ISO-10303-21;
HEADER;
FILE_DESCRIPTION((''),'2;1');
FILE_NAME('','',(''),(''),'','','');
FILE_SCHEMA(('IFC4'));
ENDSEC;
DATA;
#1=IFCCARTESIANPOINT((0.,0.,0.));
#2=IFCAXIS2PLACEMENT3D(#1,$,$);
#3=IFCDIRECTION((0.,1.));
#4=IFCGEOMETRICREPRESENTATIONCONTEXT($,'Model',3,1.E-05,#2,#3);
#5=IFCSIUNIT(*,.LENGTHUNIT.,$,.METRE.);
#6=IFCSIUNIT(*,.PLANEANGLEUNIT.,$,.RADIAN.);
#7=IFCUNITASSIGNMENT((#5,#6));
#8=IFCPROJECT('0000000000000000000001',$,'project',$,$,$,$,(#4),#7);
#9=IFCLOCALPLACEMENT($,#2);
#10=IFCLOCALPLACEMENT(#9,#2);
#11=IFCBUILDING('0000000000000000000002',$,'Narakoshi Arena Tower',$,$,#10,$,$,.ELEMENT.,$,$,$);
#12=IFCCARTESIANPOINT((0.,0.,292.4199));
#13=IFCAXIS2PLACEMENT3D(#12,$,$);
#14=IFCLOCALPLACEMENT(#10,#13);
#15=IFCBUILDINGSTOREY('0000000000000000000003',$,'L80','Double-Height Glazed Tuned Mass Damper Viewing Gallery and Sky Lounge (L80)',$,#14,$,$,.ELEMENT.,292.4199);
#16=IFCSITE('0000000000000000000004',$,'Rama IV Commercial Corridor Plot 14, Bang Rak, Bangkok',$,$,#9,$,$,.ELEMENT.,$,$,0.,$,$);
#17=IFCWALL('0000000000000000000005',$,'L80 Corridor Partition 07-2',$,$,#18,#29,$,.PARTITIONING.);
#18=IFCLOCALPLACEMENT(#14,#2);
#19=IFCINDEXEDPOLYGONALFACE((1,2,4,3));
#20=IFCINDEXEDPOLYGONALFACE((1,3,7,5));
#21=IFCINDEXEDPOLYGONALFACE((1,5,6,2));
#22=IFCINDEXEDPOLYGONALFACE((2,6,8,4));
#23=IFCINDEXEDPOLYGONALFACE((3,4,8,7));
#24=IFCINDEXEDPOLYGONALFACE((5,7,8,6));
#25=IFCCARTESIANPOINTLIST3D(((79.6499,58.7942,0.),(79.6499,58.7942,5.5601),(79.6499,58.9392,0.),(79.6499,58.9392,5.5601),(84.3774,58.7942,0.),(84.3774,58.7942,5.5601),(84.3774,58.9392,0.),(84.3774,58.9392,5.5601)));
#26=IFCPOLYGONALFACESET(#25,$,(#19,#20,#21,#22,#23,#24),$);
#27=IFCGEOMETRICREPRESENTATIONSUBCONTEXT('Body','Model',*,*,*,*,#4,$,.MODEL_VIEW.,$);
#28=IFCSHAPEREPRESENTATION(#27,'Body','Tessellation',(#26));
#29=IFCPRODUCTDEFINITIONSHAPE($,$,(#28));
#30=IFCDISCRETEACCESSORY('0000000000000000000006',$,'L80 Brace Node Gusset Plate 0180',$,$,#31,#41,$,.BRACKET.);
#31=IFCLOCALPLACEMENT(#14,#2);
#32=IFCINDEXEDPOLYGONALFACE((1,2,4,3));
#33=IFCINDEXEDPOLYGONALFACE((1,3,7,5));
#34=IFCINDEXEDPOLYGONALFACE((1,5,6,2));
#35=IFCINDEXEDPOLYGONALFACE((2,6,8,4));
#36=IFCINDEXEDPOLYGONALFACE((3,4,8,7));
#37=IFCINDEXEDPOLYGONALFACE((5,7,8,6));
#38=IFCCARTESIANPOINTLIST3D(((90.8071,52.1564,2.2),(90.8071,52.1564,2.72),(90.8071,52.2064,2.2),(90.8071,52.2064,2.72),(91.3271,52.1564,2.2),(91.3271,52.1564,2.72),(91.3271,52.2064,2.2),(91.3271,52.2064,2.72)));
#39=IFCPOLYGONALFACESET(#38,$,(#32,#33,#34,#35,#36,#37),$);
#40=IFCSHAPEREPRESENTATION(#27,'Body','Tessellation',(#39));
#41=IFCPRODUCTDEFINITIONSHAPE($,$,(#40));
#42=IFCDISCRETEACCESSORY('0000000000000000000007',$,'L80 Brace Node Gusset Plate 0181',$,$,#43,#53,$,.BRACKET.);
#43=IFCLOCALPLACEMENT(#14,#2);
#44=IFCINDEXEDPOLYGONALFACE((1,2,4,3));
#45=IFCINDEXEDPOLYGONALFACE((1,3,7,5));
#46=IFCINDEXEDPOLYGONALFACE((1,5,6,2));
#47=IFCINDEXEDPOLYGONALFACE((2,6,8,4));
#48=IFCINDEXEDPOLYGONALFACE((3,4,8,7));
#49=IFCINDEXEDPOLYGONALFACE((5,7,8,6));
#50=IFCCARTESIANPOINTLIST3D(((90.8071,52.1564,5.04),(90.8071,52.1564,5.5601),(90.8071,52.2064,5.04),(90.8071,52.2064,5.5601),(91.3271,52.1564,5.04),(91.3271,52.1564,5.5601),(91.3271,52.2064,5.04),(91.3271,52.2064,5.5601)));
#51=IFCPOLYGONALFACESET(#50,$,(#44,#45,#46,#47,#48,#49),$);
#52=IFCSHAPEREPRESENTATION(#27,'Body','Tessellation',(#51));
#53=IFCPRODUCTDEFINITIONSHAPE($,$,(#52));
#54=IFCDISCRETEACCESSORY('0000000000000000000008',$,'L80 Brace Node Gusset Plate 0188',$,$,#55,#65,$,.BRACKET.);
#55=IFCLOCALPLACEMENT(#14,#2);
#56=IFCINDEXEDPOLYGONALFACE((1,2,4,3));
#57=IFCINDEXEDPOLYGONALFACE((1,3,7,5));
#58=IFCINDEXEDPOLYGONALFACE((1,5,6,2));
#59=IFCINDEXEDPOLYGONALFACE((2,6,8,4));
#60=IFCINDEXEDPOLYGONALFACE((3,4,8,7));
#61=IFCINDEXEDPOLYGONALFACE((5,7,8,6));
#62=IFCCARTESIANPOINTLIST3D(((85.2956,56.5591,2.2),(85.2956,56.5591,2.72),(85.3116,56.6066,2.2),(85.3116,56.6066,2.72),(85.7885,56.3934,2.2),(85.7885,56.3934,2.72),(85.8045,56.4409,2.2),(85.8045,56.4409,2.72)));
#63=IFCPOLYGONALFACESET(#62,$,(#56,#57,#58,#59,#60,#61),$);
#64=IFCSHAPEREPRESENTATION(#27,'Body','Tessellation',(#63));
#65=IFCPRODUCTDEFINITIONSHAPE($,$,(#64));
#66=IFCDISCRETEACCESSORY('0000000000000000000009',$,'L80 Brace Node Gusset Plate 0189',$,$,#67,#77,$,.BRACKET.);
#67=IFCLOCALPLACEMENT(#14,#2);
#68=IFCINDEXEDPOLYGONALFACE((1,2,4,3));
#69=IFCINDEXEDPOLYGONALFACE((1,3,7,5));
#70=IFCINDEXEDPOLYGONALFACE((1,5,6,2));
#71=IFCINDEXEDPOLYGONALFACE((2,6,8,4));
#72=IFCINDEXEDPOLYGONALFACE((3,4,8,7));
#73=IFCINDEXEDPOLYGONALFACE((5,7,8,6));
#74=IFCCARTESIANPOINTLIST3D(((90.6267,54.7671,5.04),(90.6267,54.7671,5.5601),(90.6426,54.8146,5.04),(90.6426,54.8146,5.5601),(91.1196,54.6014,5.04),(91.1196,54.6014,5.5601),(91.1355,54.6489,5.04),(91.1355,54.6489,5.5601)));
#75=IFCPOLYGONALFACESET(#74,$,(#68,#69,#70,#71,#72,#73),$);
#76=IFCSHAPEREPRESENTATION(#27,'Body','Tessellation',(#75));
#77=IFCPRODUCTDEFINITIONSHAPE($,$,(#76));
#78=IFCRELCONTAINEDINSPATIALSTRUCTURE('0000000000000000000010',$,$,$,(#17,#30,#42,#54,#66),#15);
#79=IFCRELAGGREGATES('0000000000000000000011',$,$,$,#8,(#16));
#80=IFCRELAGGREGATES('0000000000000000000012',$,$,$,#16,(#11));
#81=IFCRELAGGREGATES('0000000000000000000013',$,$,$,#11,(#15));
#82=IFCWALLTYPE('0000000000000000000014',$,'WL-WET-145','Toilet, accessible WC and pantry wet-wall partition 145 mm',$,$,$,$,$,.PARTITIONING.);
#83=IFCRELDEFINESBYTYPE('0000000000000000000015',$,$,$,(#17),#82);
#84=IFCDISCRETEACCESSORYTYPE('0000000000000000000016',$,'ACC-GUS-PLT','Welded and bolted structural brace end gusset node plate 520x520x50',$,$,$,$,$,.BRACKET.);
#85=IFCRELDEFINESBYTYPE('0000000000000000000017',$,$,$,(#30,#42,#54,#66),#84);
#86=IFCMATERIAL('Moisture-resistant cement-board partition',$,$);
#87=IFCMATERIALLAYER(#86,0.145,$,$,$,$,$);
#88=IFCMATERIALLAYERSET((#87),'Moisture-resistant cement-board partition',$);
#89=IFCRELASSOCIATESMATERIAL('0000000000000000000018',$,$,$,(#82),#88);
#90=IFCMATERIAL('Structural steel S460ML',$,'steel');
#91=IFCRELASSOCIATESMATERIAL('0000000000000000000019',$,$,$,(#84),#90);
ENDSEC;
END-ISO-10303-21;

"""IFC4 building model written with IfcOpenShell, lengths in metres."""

from ifc_helpers import new_model, si_unit, direction, frame, frame_2d, origin, origin_2d, place, context, subcontext, project, spatial, rectangle, extrude, material, layer, layer_set, type_object, element, save


model = new_model("IFC4")

# Units and contexts
model_context = context("Model", 3, precision=1e-05, world=origin(), true_north=direction((0.0, 1.0)))
body_context = subcontext(model_context, "Body", "Model", "MODEL_VIEW")
ifc_project = project(units=[si_unit("LENGTHUNIT", "METRE"), si_unit("PLANEANGLEUNIT", "RADIAN")], contexts=[model_context])

# Site, building, storey
site_placement = place(None, origin())
site = spatial("IfcSite", under=ifc_project, at=site_placement, Name="Rama IV Commercial Corridor Plot 14, Bang Rak, Bangkok", CompositionType="ELEMENT", RefElevation=0.0)
building_placement = place(site_placement, origin())
building = spatial("IfcBuilding", under=site, at=building_placement, Name="Narakoshi Arena Tower", CompositionType="ELEMENT")
storey_placement = place(building_placement, frame((0.0, 0.0, 292.4199)))
storey = spatial("IfcBuildingStorey", under=building, at=storey_placement, Name="L80", Description="Double-Height Glazed Tuned Mass Damper Viewing Gallery and Sky Lounge (L80)", CompositionType="ELEMENT", Elevation=292.4199)

# Shared definitions
ifc_material_1 = material(Name="Structural steel S460ML", Category="steel")

# Wall
ifc_material_2 = material(Name="Moisture-resistant cement-board partition")
ifc_layer_1 = layer(ifc_material_2, 0.145)
ifc_layer_set_1 = layer_set([ifc_layer_1], Name="Moisture-resistant cement-board partition")
wall_type_1 = type_object("IfcWallType", Name="WL-WET-145", Description="Toilet, accessible WC and pantry wet-wall partition 145 mm", PredefinedType="PARTITIONING", material=ifc_layer_set_1)
wall_1_placement = place(storey_placement, frame((84.3774, 58.8667, 0.0), z_axis=(0.0, 0.0, 1.0), x_axis=(-1.0, 0.0, 0.0)))
element("IfcWall", 1, at=wall_1_placement, inside=storey, type_object=wall_type_1, Name="L80 Corridor Partition 07-2", PredefinedType="PARTITIONING", context=body_context, shape_type="SweptSolid", body=[
    extrude(rectangle(XDim=4.7275, YDim=0.145, at=frame_2d((2.3638, 0.0))), origin(), (0.0, 0.0, 1.0), 5.5601),
])

# Discrete accessories
discrete_accessory_type = type_object("IfcDiscreteAccessoryType", Name="ACC-GUS-PLT", Description="Welded and bolted structural brace end gusset node plate 520x520x50", PredefinedType="BRACKET", material=ifc_material_1)
for number, where, z_axis, x_axis, name in (
    (2, (91.0671, 52.1814, 2.2), (0.0, 0.0, 1.0), (1.0, 0.0, 0.0), "L80 Brace Node Gusset Plate 0180"),
    (3, (91.0671, 52.1814, 5.04), (0.0, 0.0, 1.0), (1.0, 0.0, 0.0), "L80 Brace Node Gusset Plate 0181"),
    (4, (85.55, 56.5, 2.2), (0.0, 0.0, 1.0), (-0.94788, 0.318628, 0.0), "L80 Brace Node Gusset Plate 0188"),
    (5, (90.8811, 54.708, 5.04), (0.0, 0.0, 1.0), (-0.94788, 0.318628, 0.0), "L80 Brace Node Gusset Plate 0189"),
):
    element("IfcDiscreteAccessory", number, at=place(storey_placement, frame(where, z_axis=z_axis, x_axis=x_axis)), inside=storey, type_object=discrete_accessory_type, Name=name, PredefinedType="BRACKET", context=body_context, shape_type="SweptSolid", body=[
        extrude(rectangle(XDim=0.52, YDim=0.05, at=origin_2d()), origin(), (0.0, 0.0, 1.0), 0.52),
    ])

save(model, "model.ifc")
